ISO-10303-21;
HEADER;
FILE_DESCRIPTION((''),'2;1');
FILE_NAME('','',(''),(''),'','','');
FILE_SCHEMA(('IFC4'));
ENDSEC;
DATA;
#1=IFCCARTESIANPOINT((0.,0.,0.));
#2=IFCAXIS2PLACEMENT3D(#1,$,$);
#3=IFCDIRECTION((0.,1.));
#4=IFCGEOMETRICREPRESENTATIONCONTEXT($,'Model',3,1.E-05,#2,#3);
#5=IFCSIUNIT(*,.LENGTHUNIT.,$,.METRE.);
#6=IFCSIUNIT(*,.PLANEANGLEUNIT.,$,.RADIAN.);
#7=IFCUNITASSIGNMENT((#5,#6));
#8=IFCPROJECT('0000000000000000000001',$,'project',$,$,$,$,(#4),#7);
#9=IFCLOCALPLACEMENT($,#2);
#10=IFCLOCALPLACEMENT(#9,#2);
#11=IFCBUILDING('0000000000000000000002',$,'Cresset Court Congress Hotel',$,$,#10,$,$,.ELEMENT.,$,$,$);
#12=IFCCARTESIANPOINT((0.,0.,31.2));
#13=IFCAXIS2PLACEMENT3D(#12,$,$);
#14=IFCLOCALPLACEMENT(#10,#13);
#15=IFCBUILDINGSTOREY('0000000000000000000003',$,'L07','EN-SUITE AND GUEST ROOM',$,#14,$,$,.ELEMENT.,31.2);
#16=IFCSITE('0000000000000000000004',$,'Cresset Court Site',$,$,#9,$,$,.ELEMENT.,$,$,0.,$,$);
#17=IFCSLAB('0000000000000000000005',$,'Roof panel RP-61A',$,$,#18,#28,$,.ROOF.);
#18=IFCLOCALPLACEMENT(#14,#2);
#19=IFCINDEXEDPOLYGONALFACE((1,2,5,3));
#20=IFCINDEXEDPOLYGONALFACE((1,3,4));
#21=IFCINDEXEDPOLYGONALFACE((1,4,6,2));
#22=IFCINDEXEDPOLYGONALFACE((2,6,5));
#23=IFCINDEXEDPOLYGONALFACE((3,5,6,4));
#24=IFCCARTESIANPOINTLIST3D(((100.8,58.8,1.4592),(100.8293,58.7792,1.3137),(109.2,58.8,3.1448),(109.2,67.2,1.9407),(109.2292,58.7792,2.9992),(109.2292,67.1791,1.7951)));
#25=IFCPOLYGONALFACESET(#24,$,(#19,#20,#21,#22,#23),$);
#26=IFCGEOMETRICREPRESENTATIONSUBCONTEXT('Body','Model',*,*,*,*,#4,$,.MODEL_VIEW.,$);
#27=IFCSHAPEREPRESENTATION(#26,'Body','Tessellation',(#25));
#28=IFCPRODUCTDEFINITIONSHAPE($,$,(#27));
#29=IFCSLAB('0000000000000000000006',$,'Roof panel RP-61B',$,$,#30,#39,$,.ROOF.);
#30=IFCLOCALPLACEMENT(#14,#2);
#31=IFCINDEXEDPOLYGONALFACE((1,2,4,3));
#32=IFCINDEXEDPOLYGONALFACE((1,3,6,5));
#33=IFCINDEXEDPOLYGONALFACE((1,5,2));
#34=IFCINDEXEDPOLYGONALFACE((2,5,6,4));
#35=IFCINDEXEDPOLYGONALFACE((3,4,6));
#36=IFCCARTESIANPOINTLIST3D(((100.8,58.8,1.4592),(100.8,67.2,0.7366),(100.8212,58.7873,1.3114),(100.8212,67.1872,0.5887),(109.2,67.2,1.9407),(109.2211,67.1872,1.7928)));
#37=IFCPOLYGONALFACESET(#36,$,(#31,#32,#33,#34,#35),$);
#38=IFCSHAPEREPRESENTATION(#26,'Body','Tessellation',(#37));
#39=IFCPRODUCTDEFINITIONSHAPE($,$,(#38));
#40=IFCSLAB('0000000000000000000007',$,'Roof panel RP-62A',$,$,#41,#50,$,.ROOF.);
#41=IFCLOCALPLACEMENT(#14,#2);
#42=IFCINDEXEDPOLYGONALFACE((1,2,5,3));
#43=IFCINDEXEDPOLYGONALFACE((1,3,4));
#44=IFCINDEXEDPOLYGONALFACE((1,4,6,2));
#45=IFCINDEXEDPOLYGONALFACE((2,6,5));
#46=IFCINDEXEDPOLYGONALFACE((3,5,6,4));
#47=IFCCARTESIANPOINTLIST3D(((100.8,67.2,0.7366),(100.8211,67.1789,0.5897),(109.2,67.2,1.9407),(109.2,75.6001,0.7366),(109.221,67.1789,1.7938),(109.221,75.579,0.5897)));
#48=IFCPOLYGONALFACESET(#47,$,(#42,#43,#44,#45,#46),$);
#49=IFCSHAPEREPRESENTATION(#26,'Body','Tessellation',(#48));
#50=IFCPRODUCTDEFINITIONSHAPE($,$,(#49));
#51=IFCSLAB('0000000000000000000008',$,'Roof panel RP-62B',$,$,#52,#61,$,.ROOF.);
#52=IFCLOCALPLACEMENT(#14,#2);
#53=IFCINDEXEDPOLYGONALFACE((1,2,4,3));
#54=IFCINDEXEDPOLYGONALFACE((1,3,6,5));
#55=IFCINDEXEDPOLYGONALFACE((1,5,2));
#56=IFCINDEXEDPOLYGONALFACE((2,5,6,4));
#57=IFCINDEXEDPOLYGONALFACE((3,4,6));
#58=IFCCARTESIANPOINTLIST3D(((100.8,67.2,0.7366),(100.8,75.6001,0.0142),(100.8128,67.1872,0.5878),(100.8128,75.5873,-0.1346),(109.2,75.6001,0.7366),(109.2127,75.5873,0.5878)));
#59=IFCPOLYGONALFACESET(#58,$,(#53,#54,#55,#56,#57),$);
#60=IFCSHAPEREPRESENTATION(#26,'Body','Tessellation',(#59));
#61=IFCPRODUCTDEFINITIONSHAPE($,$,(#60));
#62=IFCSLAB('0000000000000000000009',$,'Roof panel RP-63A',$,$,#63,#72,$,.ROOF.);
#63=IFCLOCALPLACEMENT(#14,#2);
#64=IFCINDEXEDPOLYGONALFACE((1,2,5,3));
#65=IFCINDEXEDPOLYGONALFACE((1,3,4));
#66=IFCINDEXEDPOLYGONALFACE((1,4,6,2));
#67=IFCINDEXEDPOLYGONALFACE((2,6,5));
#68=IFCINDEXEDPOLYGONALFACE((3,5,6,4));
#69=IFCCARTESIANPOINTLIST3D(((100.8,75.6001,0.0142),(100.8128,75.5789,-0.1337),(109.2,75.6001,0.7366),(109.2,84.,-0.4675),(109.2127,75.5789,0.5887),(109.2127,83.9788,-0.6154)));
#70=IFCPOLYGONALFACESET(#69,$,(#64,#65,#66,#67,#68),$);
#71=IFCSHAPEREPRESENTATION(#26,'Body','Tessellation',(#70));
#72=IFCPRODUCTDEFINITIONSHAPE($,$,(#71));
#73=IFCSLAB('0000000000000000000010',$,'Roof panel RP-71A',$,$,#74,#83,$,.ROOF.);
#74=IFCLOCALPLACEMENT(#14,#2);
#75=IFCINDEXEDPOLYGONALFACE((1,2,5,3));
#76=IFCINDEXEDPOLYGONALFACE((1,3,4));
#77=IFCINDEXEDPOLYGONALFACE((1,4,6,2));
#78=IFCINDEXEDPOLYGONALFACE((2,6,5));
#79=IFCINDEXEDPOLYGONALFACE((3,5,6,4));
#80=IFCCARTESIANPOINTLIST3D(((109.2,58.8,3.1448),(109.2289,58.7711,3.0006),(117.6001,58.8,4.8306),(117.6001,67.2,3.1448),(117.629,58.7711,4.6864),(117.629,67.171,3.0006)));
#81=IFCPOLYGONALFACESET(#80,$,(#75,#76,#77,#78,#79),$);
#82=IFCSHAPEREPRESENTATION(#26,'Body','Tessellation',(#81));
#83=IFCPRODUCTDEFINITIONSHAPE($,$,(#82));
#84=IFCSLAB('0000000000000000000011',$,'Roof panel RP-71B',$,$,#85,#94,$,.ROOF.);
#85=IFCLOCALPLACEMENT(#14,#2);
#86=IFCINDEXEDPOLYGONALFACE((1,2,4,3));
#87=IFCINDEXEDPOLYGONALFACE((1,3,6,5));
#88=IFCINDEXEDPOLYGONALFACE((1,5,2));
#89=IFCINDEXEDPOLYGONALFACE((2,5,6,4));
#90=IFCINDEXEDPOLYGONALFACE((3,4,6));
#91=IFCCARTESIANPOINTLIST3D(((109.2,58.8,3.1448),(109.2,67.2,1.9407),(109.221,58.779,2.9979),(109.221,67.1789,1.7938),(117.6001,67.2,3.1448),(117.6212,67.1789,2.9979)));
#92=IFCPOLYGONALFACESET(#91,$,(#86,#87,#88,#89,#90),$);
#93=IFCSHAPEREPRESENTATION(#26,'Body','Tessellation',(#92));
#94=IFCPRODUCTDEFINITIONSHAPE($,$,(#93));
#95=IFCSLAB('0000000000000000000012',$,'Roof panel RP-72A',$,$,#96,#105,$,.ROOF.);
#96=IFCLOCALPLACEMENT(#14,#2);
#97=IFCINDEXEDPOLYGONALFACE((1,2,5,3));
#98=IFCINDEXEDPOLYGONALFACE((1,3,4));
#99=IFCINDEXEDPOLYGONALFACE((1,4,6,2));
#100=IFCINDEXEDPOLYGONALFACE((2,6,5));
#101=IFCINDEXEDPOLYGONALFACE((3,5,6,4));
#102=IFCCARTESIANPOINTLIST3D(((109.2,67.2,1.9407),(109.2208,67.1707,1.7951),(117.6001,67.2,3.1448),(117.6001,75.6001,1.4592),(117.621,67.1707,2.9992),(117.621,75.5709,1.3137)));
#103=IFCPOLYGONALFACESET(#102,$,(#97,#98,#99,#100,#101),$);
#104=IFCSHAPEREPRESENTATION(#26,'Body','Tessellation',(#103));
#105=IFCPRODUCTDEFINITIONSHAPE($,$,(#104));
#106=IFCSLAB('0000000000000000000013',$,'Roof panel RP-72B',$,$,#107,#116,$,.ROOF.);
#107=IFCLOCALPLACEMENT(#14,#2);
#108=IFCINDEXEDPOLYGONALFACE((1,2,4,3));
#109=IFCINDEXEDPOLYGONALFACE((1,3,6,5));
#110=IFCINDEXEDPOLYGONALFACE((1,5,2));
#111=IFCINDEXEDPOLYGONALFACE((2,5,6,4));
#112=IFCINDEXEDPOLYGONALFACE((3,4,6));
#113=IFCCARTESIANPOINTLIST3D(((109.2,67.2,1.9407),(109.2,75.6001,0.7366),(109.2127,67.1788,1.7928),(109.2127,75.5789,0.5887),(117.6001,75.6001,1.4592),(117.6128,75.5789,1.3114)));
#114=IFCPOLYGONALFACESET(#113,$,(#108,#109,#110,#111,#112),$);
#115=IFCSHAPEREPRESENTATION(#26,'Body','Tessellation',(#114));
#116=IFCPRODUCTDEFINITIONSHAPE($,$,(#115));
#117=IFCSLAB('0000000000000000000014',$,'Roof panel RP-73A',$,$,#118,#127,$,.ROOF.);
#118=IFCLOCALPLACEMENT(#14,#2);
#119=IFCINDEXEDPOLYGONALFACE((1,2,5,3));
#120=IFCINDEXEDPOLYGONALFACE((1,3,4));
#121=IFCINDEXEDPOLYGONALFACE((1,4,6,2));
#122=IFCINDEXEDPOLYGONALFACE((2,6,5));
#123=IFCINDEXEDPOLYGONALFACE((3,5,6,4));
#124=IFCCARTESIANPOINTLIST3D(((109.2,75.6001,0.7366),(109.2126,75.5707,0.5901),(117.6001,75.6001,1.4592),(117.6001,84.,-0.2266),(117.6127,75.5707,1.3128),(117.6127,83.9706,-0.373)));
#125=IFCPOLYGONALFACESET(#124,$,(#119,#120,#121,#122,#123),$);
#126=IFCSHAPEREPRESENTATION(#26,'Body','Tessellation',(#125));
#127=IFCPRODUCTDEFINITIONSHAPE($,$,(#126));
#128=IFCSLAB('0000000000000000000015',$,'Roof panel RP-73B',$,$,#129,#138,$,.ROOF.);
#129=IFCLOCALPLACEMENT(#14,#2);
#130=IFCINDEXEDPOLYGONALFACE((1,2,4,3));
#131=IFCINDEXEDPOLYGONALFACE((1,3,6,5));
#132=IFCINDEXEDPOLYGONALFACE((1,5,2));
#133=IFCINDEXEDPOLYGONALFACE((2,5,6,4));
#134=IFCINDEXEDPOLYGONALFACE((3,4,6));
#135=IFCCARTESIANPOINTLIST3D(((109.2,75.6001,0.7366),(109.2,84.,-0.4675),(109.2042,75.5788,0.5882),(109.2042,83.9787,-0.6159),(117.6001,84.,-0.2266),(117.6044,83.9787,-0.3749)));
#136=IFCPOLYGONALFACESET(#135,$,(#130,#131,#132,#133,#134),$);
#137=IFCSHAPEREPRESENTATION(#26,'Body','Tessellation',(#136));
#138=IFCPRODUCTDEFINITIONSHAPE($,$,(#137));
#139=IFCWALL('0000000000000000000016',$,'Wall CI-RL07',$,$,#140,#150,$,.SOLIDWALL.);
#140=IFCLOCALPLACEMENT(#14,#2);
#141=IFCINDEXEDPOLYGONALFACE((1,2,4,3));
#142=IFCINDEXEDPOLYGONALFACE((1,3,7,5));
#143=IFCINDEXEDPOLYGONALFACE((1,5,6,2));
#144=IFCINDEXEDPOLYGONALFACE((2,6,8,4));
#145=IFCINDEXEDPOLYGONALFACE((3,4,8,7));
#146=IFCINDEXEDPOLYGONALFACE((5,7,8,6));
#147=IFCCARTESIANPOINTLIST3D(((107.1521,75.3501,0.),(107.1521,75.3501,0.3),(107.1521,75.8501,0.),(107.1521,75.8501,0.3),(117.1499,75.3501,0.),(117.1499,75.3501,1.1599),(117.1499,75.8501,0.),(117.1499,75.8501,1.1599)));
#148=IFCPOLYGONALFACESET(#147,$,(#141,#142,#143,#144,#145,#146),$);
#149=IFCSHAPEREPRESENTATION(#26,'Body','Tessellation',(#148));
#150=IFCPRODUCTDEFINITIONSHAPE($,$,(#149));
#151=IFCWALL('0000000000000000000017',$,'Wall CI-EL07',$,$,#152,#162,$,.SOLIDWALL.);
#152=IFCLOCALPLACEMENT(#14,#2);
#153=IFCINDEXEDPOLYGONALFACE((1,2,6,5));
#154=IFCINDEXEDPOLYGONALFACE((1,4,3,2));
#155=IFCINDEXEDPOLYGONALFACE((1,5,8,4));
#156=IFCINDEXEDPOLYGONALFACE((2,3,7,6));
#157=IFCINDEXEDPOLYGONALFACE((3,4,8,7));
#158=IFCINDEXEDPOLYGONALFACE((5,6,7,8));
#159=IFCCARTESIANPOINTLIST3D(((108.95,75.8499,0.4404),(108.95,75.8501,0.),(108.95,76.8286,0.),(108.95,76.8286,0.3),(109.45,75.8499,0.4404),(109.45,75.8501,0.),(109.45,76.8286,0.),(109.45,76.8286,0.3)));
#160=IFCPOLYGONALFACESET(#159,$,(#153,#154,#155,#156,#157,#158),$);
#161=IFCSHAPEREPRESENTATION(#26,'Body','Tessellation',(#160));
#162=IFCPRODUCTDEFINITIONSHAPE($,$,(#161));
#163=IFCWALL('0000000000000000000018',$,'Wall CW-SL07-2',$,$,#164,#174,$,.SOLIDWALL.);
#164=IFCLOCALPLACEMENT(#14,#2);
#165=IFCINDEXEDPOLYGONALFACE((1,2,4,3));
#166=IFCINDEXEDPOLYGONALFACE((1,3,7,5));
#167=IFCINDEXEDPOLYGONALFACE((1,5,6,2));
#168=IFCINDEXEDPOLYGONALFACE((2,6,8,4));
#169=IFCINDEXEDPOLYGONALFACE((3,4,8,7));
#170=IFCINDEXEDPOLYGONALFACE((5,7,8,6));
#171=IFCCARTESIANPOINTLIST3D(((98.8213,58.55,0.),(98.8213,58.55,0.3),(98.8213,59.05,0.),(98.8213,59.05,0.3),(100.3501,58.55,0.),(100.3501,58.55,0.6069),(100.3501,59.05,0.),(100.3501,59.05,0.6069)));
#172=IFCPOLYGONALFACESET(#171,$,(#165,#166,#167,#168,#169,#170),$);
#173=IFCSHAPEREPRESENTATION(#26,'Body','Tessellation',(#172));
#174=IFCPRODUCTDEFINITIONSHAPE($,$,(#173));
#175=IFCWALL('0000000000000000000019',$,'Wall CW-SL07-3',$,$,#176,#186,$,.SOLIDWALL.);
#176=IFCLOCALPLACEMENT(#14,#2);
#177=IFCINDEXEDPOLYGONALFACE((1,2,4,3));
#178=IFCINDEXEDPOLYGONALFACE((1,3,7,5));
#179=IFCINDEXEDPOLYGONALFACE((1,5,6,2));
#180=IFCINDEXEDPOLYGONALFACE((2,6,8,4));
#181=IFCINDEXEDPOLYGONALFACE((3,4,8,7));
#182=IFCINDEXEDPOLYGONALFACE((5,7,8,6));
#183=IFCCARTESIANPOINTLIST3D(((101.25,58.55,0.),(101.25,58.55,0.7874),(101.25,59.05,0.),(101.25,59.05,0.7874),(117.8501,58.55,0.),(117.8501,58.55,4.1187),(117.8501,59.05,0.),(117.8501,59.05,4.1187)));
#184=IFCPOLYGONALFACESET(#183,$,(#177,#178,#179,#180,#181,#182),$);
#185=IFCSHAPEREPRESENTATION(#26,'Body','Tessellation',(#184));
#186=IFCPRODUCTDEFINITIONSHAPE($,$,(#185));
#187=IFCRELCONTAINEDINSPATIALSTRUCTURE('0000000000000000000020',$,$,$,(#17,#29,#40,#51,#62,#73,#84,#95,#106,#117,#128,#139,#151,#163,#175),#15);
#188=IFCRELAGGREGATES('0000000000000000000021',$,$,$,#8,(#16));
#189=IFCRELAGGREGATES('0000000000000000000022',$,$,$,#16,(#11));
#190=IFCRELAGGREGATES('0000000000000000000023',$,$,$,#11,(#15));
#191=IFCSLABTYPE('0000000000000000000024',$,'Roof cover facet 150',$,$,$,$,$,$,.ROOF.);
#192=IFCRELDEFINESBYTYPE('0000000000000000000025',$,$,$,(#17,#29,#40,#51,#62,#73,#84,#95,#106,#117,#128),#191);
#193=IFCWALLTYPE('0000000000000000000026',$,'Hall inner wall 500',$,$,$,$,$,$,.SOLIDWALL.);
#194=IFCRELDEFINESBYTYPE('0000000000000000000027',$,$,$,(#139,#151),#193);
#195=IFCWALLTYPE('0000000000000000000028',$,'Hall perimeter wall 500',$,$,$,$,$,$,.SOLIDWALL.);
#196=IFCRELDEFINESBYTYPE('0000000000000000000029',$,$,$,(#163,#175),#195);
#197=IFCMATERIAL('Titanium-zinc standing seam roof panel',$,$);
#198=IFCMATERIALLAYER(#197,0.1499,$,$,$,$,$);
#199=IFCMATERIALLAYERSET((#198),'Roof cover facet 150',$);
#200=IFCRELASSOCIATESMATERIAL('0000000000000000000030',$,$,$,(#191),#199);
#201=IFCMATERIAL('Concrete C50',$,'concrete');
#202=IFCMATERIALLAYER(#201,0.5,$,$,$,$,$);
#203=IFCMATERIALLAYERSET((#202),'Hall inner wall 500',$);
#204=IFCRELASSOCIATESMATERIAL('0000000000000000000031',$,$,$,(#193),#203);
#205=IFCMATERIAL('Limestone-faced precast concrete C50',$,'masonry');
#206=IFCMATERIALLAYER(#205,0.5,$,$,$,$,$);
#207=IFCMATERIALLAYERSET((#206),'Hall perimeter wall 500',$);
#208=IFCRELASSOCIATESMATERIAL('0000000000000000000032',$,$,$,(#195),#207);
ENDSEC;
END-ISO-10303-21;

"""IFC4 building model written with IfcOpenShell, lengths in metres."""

from ifc_helpers import new_model, si_unit, direction, frame, origin, place, context, subcontext, project, spatial, polyline, outline, extrude, material, layer, layer_set, type_object, element, save


model = new_model("IFC4")

# Units and contexts
model_context = context("Model", 3, precision=1e-05, world=origin(), true_north=direction((0.0, 1.0)))
body_context = subcontext(model_context, "Body", "Model", "MODEL_VIEW")
ifc_project = project(units=[si_unit("LENGTHUNIT", "METRE"), si_unit("PLANEANGLEUNIT", "RADIAN")], contexts=[model_context])

# Site, building, storey
site_placement = place(None, origin())
site = spatial("IfcSite", under=ifc_project, at=site_placement, Name="Cresset Court Site", CompositionType="ELEMENT", RefElevation=0.0)
building_placement = place(site_placement, origin())
building = spatial("IfcBuilding", under=site, at=building_placement, Name="Cresset Court Congress Hotel", CompositionType="ELEMENT")
storey_placement = place(building_placement, frame((0.0, 0.0, 31.2)))
storey = spatial("IfcBuildingStorey", under=building, at=storey_placement, Name="L07", Description="EN-SUITE AND GUEST ROOM", CompositionType="ELEMENT", Elevation=31.2)

# Slabs
ifc_material_1 = material(Name="Titanium-zinc standing seam roof panel")
ifc_layer_1 = layer(ifc_material_1, 0.1499)
ifc_layer_set_1 = layer_set([ifc_layer_1], Name="Roof cover facet 150")
slab_type = type_object("IfcSlabType", Name="Roof cover facet 150", PredefinedType="ROOF", material=ifc_layer_set_1)
slab_1_placement = place(storey_placement, frame((100.8, 58.8, 1.4592), z_axis=(-0.194826, 0.139178, 0.970913), x_axis=(0.980456, 0.0, 0.196741)))
element("IfcSlab", 1, at=slab_1_placement, inside=storey, type_object=slab_type, Name="Roof panel RP-61A", PredefinedType="ROOF", context=body_context, shape_type="SweptSolid", body=[
    extrude(outline(polyline([(0.0, 0.0), (8.5673, 0.0), (8.3305, 8.4825), (0.0, 0.0)])), origin(), (0.0, 0.0, -1.0), 0.1499),
])
slab_2_placement = place(storey_placement, frame((100.8, 58.8, 1.4592), z_axis=(-0.141385, 0.084854, 0.986311), x_axis=(0.706527, 0.706527, 0.040495)))
element("IfcSlab", 2, at=slab_2_placement, inside=storey, type_object=slab_type, Name="Roof panel RP-61B", PredefinedType="ROOF", context=body_context, shape_type="SweptSolid", body=[
    extrude(outline(polyline([(0.0, 0.0), (11.889, 0.0), (5.9055, 6.0171), (0.0, 0.0)])), origin(), (0.0, 0.0, -1.0), 0.1499),
])
slab_3_placement = place(storey_placement, frame((100.8, 67.2, 0.7366), z_axis=(-0.140489, 0.140485, 0.980065), x_axis=(0.989881, 0.0, 0.141897)))
element("IfcSlab", 3, at=slab_3_placement, inside=storey, type_object=slab_type, Name="Roof panel RP-62A", PredefinedType="ROOF", context=body_context, shape_type="SweptSolid", body=[
    extrude(outline(polyline([(0.0, 0.0), (8.4858, 0.0), (8.3149, 8.4843), (0.0, 0.0)])), origin(), (0.0, 0.0, -1.0), 0.1499),
])
slab_4_placement = place(storey_placement, frame((100.8, 67.2, 0.7366), z_axis=(-0.085373, 0.085371, 0.992685), x_axis=(0.707097, 0.707117, 0.0)))
element("IfcSlab", 4, at=slab_4_placement, inside=storey, type_object=slab_type, Name="Roof panel RP-62B", PredefinedType="ROOF", context=body_context, shape_type="SweptSolid", body=[
    extrude(outline(polyline([(0.0, 0.0), (11.8794, 0.0), (5.9399, 5.9835), (0.0, 0.0)])), origin(), (0.0, 0.0, -1.0), 0.1499),
])
slab_5_placement = place(storey_placement, frame((100.8, 75.6001, 0.0142), z_axis=(-0.084825, 0.141385, 0.986314), x_axis=(0.996322, 0.0, 0.085686)))
element("IfcSlab", 5, at=slab_5_placement, inside=storey, type_object=slab_type, Name="Roof panel RP-63A", PredefinedType="ROOF", context=body_context, shape_type="SweptSolid", body=[
    extrude(outline(polyline([(0.0, 0.0), (8.4309, 0.0), (8.3277, 8.4851), (0.0, 0.0)])), origin(), (0.0, 0.0, -1.0), 0.1499),
])
slab_6_placement = place(storey_placement, frame((109.2, 58.8, 3.1448), z_axis=(-0.193061, 0.193066, 0.962005), x_axis=(0.980451, 0.0, 0.196763)))
element("IfcSlab", 6, at=slab_6_placement, inside=storey, type_object=slab_type, Name="Roof panel RP-71A", PredefinedType="ROOF", context=body_context, shape_type="SweptSolid", body=[
    extrude(outline(polyline([(0.0, 0.0), (8.5676, 0.0), (8.2359, 8.561), (0.0, 0.0)])), origin(), (0.0, 0.0, -1.0), 0.1499),
])
slab_7_placement = place(storey_placement, frame((109.2, 58.8, 3.1448), z_axis=(-0.140485, 0.140489, 0.980065), x_axis=(0.707117, 0.707097, 0.0)))
element("IfcSlab", 7, at=slab_7_placement, inside=storey, type_object=slab_type, Name="Roof panel RP-71B", PredefinedType="ROOF", context=body_context, shape_type="SweptSolid", body=[
    extrude(outline(polyline([(0.0, 0.0), (11.8794, 0.0), (5.9395, 6.0605), (0.0, 0.0)])), origin(), (0.0, 0.0, -1.0), 0.1499),
])
slab_8_placement = place(storey_placement, frame((109.2, 67.2, 1.9407), z_axis=(-0.139174, 0.194821, 0.970915), x_axis=(0.989882, 0.0, 0.141893)))
element("IfcSlab", 8, at=slab_8_placement, inside=storey, type_object=slab_type, Name="Roof panel RP-72A", PredefinedType="ROOF", context=body_context, shape_type="SweptSolid", body=[
    extrude(outline(polyline([(0.0, 0.0), (8.486, 0.0), (8.2468, 8.5642), (0.0, 0.0)])), origin(), (0.0, 0.0, -1.0), 0.1499),
])
slab_9_placement = place(storey_placement, frame((109.2, 67.2, 1.9407), z_axis=(-0.084851, 0.141381, 0.986312), x_axis=(0.706527, 0.706527, -0.040494)))
element("IfcSlab", 9, at=slab_9_placement, inside=storey, type_object=slab_type, Name="Roof panel RP-72B", PredefinedType="ROOF", context=body_context, shape_type="SweptSolid", body=[
    extrude(outline(polyline([(0.0, 0.0), (11.8894, 0.0), (5.9837, 6.0173), (0.0, 0.0)])), origin(), (0.0, 0.0, -1.0), 0.1499),
])
slab_10_placement = place(storey_placement, frame((109.2, 75.6001, 0.7366), z_axis=(-0.084049, 0.196072, 0.976981), x_axis=(0.99632, 0.0, 0.085712)))
element("IfcSlab", 10, at=slab_10_placement, inside=storey, type_object=slab_type, Name="Roof panel RP-73A", PredefinedType="ROOF", context=body_context, shape_type="SweptSolid", body=[
    extrude(outline(polyline([(0.0, 0.0), (8.4312, 0.0), (8.2867, 8.5662), (0.0, 0.0)])), origin(), (0.0, 0.0, -1.0), 0.1499),
])
slab_11_placement = place(storey_placement, frame((109.2, 75.6001, 0.7366), z_axis=(-0.028384, 0.141839, 0.989483), x_axis=(0.704804, 0.704784, -0.080811)))
element("IfcSlab", 11, at=slab_11_placement, inside=storey, type_object=slab_type, Name="Roof panel RP-73B", PredefinedType="ROOF", context=body_context, shape_type="SweptSolid", body=[
    extrude(outline(polyline([(0.0, 0.0), (11.9184, 0.0), (6.0174, 5.9832), (0.0, 0.0)])), origin(), (0.0, 0.0, -1.0), 0.1499),
])

# Walls
ifc_material_2 = material(Name="Concrete C50", Category="concrete")
ifc_layer_2 = layer(ifc_material_2, 0.5)
ifc_layer_set_2 = layer_set([ifc_layer_2], Name="Hall inner wall 500")
wall_type_1 = type_object("IfcWallType", Name="Hall inner wall 500", PredefinedType="SOLIDWALL", material=ifc_layer_set_2)
wall_1_placement = place(storey_placement, frame((107.1521, 75.6001, 0.0), z_axis=(0.0, 0.0, 1.0), x_axis=(1.0, 0.0, 0.0)))
element("IfcWall", 12, at=wall_1_placement, inside=storey, type_object=wall_type_1, Name="Wall CI-RL07", PredefinedType="SOLIDWALL", context=body_context, shape_type="SweptSolid", body=[
    extrude(outline(polyline([(0.0, 0.0), (9.9978, 0.0), (9.9978, 1.1599), (0.0, 0.3), (0.0, 0.0)])), frame((0.0, 0.25, 0.0), z_axis=(0.0, -1.0, 0.0), x_axis=(1.0, 0.0, 0.0)), (0.0, 0.0, 1.0), 0.5),
])
wall_2_placement = place(storey_placement, frame((109.2, 76.8286, 0.0), z_axis=(0.0, 0.0, 1.0), x_axis=(0.0, -1.0, 0.0)))
element("IfcWall", 13, at=wall_2_placement, inside=storey, type_object=wall_type_1, Name="Wall CI-EL07", PredefinedType="SOLIDWALL", context=body_context, shape_type="SweptSolid", body=[
    extrude(outline(polyline([(0.0, 0.0), (0.9785, 0.0), (0.9788, 0.4404), (0.0, 0.3), (0.0, 0.0)])), frame((0.0, 0.25, 0.0), z_axis=(0.0, -1.0, 0.0), x_axis=(1.0, 0.0, 0.0)), (0.0, 0.0, 1.0), 0.5),
])
ifc_material_3 = material(Name="Limestone-faced precast concrete C50", Category="masonry")
ifc_layer_3 = layer(ifc_material_3, 0.5)
ifc_layer_set_3 = layer_set([ifc_layer_3], Name="Hall perimeter wall 500")
wall_type_2 = type_object("IfcWallType", Name="Hall perimeter wall 500", PredefinedType="SOLIDWALL", material=ifc_layer_set_3)
wall_3_placement = place(storey_placement, frame((100.3501, 58.8, 0.0), z_axis=(0.0, 0.0, 1.0), x_axis=(-1.0, 0.0, 0.0)))
element("IfcWall", 14, at=wall_3_placement, inside=storey, type_object=wall_type_2, Name="Wall CW-SL07-2", PredefinedType="SOLIDWALL", context=body_context, shape_type="SweptSolid", body=[
    extrude(outline(polyline([(0.0, 0.0), (1.5288, 0.0), (1.5288, 0.3), (0.0, 0.6069), (0.0, 0.0)])), frame((0.0, 0.25, 0.0), z_axis=(0.0, -1.0, 0.0), x_axis=(1.0, 0.0, 0.0)), (0.0, 0.0, 1.0), 0.5),
])
wall_4_placement = place(storey_placement, frame((117.8501, 58.8, 0.0), z_axis=(0.0, 0.0, 1.0), x_axis=(-1.0, 0.0, 0.0)))
element("IfcWall", 15, at=wall_4_placement, inside=storey, type_object=wall_type_2, Name="Wall CW-SL07-3", PredefinedType="SOLIDWALL", context=body_context, shape_type="SweptSolid", body=[
    extrude(outline(polyline([(0.0, 0.0), (16.6001, 0.0), (16.6001, 0.7874), (0.0, 4.1187), (0.0, 0.0)])), frame((0.0, 0.25, 0.0), z_axis=(0.0, -1.0, 0.0), x_axis=(1.0, 0.0, 0.0)), (0.0, 0.0, 1.0), 0.5),
])

save(model, "model.ifc")
